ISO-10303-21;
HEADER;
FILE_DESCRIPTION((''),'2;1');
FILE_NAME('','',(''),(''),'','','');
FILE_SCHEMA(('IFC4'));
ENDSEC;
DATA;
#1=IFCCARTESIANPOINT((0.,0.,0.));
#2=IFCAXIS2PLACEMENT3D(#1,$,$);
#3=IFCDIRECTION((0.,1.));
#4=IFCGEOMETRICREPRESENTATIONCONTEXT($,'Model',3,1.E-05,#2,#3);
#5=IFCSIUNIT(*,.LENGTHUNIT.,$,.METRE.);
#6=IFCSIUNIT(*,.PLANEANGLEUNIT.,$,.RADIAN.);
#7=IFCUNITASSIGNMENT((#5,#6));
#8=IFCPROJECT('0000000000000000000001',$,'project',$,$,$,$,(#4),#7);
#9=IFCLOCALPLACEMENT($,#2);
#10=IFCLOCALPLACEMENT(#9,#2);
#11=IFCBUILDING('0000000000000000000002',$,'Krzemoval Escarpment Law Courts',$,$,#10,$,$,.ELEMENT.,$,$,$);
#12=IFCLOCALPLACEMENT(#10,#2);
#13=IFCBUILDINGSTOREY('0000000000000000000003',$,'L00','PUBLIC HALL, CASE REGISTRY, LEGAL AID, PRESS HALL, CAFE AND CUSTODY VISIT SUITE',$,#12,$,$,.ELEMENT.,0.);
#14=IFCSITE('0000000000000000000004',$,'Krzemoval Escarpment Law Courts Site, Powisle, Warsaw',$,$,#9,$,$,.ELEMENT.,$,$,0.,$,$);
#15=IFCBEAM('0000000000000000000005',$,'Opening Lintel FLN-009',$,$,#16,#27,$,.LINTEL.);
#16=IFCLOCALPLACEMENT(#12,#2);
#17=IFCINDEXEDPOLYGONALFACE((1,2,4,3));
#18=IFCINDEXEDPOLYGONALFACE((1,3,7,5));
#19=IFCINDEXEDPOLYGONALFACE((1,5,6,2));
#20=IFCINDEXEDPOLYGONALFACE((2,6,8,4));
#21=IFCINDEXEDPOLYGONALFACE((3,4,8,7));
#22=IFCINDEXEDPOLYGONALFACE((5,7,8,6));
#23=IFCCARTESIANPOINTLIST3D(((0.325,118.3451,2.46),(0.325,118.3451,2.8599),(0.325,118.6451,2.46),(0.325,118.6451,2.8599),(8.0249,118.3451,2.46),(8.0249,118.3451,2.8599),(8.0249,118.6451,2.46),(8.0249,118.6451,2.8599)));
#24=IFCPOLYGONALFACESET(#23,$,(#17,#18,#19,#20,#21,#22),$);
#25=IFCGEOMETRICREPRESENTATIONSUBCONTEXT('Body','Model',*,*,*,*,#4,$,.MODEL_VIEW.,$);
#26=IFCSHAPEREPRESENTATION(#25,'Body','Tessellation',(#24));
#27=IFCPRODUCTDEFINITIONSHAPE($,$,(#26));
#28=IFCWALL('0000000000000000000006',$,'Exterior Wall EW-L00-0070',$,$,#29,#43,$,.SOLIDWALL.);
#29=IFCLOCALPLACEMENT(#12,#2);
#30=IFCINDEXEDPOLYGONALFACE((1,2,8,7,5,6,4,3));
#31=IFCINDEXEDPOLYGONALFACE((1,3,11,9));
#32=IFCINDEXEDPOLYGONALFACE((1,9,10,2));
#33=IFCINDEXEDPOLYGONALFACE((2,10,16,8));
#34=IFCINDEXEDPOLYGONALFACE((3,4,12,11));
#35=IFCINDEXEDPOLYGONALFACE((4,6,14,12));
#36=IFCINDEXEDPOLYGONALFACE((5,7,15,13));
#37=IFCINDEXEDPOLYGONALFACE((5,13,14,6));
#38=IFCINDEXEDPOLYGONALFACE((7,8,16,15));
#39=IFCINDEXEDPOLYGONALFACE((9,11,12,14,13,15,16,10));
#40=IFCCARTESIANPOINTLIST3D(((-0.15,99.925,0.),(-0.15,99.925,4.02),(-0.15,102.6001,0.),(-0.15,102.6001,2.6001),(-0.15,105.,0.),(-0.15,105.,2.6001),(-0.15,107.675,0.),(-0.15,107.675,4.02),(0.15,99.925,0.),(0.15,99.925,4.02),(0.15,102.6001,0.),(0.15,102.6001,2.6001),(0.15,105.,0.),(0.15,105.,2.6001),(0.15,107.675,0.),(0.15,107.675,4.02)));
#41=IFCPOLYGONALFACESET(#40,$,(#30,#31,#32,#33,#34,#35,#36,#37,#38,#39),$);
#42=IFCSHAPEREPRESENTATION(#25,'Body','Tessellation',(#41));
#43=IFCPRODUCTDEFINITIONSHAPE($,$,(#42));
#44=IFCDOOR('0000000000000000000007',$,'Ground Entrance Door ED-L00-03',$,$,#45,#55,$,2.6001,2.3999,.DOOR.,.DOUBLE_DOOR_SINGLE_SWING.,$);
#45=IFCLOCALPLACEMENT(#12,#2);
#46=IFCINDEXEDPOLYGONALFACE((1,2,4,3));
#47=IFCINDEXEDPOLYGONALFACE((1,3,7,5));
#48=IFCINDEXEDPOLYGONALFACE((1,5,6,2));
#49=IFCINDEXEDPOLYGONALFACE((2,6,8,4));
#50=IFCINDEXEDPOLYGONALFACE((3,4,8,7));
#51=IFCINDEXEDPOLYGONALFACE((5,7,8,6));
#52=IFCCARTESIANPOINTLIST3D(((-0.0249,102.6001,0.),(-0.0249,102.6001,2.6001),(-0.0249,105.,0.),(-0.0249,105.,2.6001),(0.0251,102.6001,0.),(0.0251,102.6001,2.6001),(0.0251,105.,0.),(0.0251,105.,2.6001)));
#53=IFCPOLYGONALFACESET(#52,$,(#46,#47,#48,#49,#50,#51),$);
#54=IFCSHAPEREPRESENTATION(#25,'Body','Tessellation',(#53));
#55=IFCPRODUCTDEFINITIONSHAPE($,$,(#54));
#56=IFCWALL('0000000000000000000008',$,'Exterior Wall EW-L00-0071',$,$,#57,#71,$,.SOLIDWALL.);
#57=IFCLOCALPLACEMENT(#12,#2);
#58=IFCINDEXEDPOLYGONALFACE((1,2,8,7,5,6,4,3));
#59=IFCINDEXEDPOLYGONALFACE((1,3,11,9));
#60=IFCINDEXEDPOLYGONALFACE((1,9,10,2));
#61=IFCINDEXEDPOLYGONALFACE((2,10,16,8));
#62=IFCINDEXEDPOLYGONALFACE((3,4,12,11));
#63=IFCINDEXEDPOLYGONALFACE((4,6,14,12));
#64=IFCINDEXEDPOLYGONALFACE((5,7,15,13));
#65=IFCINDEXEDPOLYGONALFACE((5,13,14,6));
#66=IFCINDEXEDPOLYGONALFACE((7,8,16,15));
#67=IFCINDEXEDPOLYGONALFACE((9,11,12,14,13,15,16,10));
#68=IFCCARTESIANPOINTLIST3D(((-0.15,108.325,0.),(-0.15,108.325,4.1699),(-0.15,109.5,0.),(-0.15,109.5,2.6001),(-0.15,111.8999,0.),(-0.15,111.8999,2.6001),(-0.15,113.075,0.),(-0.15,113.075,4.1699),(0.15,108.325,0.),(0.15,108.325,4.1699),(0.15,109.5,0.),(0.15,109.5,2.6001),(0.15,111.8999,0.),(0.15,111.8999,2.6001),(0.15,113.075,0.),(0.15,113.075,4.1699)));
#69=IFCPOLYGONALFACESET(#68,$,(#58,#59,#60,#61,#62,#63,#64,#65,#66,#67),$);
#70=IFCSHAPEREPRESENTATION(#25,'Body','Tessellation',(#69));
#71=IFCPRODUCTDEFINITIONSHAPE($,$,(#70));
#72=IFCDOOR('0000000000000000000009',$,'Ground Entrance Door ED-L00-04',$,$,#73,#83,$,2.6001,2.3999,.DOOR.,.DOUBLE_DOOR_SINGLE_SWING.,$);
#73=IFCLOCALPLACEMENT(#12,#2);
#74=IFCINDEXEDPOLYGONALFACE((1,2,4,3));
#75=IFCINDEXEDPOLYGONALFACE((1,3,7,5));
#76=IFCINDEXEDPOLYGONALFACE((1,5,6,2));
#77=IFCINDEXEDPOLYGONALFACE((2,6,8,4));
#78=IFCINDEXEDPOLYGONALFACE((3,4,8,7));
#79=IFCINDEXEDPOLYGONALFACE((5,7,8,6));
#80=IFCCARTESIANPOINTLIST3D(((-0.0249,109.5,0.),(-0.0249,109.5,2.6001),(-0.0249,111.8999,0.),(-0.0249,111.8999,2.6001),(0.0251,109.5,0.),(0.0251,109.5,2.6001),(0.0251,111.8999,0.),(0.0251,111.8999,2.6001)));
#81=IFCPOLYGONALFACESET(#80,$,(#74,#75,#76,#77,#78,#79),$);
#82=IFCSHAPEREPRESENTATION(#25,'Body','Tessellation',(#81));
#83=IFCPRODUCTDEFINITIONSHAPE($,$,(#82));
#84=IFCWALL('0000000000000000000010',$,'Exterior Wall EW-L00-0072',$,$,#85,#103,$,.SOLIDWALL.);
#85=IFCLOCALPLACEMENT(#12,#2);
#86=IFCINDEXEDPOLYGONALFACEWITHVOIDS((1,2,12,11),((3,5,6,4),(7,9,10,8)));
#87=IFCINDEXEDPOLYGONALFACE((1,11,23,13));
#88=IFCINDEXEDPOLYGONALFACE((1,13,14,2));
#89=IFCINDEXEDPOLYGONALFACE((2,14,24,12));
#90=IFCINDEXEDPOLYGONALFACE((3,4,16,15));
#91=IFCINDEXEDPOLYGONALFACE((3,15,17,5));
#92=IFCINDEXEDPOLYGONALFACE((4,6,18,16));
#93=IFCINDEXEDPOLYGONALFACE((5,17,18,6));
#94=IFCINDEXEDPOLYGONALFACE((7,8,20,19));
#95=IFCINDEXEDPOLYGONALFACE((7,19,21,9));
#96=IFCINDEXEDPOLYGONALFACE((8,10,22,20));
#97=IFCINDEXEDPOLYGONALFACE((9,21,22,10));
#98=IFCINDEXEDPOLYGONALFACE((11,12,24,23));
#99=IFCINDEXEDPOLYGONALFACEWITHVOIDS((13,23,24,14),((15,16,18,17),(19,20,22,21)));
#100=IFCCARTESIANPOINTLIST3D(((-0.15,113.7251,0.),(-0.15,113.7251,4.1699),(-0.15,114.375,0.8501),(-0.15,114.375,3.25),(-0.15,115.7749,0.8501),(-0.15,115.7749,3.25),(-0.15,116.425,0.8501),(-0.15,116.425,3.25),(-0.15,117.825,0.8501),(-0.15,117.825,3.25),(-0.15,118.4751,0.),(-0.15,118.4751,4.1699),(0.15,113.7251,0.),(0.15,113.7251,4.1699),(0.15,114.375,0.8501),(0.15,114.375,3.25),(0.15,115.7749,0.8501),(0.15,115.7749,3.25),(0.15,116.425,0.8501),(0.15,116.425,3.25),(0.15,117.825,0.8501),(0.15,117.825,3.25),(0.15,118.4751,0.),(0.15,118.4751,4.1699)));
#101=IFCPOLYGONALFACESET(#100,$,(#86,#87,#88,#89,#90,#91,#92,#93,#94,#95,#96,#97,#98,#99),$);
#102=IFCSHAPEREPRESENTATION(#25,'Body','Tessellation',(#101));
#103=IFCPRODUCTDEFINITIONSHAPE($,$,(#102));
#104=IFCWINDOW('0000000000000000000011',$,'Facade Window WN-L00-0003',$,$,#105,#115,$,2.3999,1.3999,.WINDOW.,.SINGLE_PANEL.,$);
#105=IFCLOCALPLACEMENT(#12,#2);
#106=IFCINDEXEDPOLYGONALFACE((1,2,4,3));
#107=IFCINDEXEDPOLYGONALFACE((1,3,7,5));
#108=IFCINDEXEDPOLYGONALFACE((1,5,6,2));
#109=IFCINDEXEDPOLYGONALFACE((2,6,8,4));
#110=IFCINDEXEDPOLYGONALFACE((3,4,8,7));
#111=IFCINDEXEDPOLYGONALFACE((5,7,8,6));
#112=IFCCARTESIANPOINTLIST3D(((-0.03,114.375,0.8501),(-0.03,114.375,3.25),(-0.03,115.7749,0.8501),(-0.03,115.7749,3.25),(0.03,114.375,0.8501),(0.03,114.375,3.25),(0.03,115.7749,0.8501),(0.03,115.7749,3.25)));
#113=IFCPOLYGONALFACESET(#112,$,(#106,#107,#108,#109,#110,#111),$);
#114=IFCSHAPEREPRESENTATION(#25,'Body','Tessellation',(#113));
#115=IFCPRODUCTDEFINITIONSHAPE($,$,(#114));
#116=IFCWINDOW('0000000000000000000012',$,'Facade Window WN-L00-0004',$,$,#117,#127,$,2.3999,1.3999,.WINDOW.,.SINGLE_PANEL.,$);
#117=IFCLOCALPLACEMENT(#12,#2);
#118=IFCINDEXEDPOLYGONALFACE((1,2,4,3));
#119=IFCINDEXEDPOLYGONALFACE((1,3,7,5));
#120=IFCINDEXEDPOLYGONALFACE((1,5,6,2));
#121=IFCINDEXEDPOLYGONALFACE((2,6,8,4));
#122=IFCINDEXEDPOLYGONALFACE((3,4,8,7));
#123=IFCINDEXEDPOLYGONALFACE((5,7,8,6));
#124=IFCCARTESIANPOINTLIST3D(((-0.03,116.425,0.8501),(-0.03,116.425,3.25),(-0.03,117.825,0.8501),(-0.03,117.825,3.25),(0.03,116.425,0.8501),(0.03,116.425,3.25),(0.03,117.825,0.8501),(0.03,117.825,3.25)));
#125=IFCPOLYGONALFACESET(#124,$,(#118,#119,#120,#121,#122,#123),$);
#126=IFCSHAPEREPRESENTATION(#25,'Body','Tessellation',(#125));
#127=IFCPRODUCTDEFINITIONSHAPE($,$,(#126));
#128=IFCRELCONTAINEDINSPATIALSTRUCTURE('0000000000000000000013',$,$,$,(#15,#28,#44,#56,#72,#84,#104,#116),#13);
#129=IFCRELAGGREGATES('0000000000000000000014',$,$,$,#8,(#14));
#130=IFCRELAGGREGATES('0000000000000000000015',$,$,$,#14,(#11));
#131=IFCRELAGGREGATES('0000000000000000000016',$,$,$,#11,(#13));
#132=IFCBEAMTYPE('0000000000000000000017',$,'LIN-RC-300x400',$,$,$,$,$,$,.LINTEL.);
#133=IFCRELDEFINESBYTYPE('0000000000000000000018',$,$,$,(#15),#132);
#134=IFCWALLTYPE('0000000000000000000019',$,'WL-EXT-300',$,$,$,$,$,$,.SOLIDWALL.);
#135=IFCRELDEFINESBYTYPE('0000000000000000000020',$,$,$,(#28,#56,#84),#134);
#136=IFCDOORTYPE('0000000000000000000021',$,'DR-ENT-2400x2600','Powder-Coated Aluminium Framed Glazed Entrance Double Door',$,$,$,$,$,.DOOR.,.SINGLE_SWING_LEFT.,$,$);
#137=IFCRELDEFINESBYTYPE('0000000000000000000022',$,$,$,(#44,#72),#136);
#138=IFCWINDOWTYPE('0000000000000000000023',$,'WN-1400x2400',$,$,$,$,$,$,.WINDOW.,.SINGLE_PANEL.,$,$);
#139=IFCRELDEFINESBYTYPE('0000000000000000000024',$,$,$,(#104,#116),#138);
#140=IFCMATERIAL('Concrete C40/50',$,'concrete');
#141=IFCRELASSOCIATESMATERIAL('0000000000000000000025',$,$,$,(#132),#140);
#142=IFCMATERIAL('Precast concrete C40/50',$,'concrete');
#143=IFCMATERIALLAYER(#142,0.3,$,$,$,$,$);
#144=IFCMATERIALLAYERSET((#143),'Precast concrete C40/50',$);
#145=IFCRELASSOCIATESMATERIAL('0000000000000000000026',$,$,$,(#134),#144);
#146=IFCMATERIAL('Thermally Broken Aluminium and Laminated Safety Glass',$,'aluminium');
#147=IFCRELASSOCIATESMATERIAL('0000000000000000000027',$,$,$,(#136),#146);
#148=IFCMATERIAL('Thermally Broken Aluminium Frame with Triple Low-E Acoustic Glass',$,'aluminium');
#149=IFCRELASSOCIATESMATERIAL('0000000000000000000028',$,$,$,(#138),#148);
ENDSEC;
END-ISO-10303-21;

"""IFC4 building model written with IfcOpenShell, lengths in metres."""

from ifc_helpers import new_model, si_unit, direction, frame, frame_2d, origin, origin_2d, place, context, subcontext, project, spatial, rectangle, extrude, material, layer, layer_set, material_profile, profile_set, type_object, element, fill, save


model = new_model("IFC4")

# Units and contexts
model_context = context("Model", 3, precision=1e-05, world=origin(), true_north=direction((0.0, 1.0)))
body_context = subcontext(model_context, "Body", "Model", "MODEL_VIEW")
ifc_project = project(units=[si_unit("LENGTHUNIT", "METRE"), si_unit("PLANEANGLEUNIT", "RADIAN")], contexts=[model_context])

# Site, building, storey
site_placement = place(None, origin())
site = spatial("IfcSite", under=ifc_project, at=site_placement, Name="Krzemoval Escarpment Law Courts Site, Powisle, Warsaw", CompositionType="ELEMENT", RefElevation=0.0)
building_placement = place(site_placement, origin())
building = spatial("IfcBuilding", under=site, at=building_placement, Name="Krzemoval Escarpment Law Courts", CompositionType="ELEMENT")
storey_placement = place(building_placement, origin())
storey = spatial("IfcBuildingStorey", under=building, at=storey_placement, Name="L00", Description="PUBLIC HALL, CASE REGISTRY, LEGAL AID, PRESS HALL, CAFE AND CUSTODY VISIT SUITE", CompositionType="ELEMENT", Elevation=0.0)

# Beam
ifc_material_1 = material(Name="Concrete C40/50", Category="concrete")
ifc_material_profile_1 = material_profile(ifc_material_1, rectangle(XDim=0.3, YDim=0.3999, at=origin_2d()), Name="LIN 300x400")
ifc_profile_set_1 = profile_set([ifc_material_profile_1], Name="Concrete C40/50")
beam_type_1 = type_object("IfcBeamType", Name="LIN-RC-300x400", PredefinedType="LINTEL", material=ifc_profile_set_1)
beam_1_placement = place(storey_placement, frame((0.325, 118.4951, 2.6599), z_axis=(1.0, 0.0, 0.0), x_axis=(0.0, 1.0, 0.0)))
element("IfcBeam", 1, at=beam_1_placement, inside=storey, type_object=beam_type_1, Name="Opening Lintel FLN-009", PredefinedType="LINTEL", context=body_context, shape_type="SweptSolid", body=[
    extrude(rectangle(XDim=0.3, YDim=0.3999, at=origin_2d()), origin(), (0.0, 0.0, 1.0), 7.7),
])

# Walls, openings, doors
ifc_material_2 = material(Name="Precast concrete C40/50", Category="concrete")
ifc_layer = layer(ifc_material_2, 0.3)
ifc_layer_set = layer_set([ifc_layer], Name="Precast concrete C40/50")
wall_type = type_object("IfcWallType", Name="WL-EXT-300", PredefinedType="SOLIDWALL", material=ifc_layer_set)
wall_1_placement = place(storey_placement, frame((0.0, 99.925, 0.0), z_axis=(0.0, 0.0, 1.0), x_axis=(0.0, 1.0, 0.0)))
wall_1 = element("IfcWall", 2, at=wall_1_placement, inside=storey, type_object=wall_type, Name="Exterior Wall EW-L00-0070", PredefinedType="SOLIDWALL", context=body_context, shape_type="SweptSolid", body=[
    extrude(rectangle(XDim=7.75, YDim=0.3, at=frame_2d((3.875, 0.0))), origin(), (0.0, 0.0, 1.0), 4.02),
])
opening_1_placement = place(wall_1_placement, frame((2.675, 0.0, 0.0)))
opening_1 = element("IfcOpeningElement", 3, at=opening_1_placement, cuts=wall_1, PredefinedType="OPENING", context=body_context, shape_type="SweptSolid", body=[
    extrude(rectangle(XDim=2.3999, YDim=2.6001, at=frame_2d((1.2, 1.3))), frame((0.0, 0.165, 0.0), z_axis=(0.0, -1.0, 0.0), x_axis=(1.0, 0.0, 0.0)), (0.0, 0.0, 1.0), 0.3301),
])
ifc_material_3 = material(Name="Thermally Broken Aluminium and Laminated Safety Glass", Category="aluminium")
door_type_1 = type_object("IfcDoorType", Name="DR-ENT-2400x2600", Description="Powder-Coated Aluminium Framed Glazed Entrance Double Door", OperationType="SINGLE_SWING_LEFT", PredefinedType="DOOR", material=ifc_material_3)
door_1_placement = place(opening_1_placement, origin())
door_1 = element("IfcDoor", 4, at=door_1_placement, inside=storey, type_object=door_type_1, Name="Ground Entrance Door ED-L00-03", OperationType="DOUBLE_DOOR_SINGLE_SWING", OverallHeight=2.6001, OverallWidth=2.3999, PredefinedType="DOOR", context=body_context, shape_type="SweptSolid", body=[
    extrude(rectangle(XDim=2.3999, YDim=2.6001, at=frame_2d((1.2, 1.3))), frame((0.0, 0.0249, 0.0), z_axis=(0.0, -1.0, 0.0), x_axis=(1.0, 0.0, 0.0)), (0.0, 0.0, 1.0), 0.05),
])
fill(opening_1, door_1)
wall_2_placement = place(storey_placement, frame((0.0, 108.325, 0.0), z_axis=(0.0, 0.0, 1.0), x_axis=(0.0, 1.0, 0.0)))
wall_2 = element("IfcWall", 5, at=wall_2_placement, inside=storey, type_object=wall_type, Name="Exterior Wall EW-L00-0071", PredefinedType="SOLIDWALL", context=body_context, shape_type="SweptSolid", body=[
    extrude(rectangle(XDim=4.75, YDim=0.3, at=frame_2d((2.375, 0.0))), origin(), (0.0, 0.0, 1.0), 4.1699),
])
opening_2_placement = place(wall_2_placement, frame((1.175, 0.0, 0.0)))
opening_2 = element("IfcOpeningElement", 6, at=opening_2_placement, cuts=wall_2, PredefinedType="OPENING", context=body_context, shape_type="SweptSolid", body=[
    extrude(rectangle(XDim=2.3999, YDim=2.6001, at=frame_2d((1.2, 1.3))), frame((0.0, 0.165, 0.0), z_axis=(0.0, -1.0, 0.0), x_axis=(1.0, 0.0, 0.0)), (0.0, 0.0, 1.0), 0.3301),
])
door_2_placement = place(opening_2_placement, origin())
door_2 = element("IfcDoor", 7, at=door_2_placement, inside=storey, type_object=door_type_1, Name="Ground Entrance Door ED-L00-04", OperationType="DOUBLE_DOOR_SINGLE_SWING", OverallHeight=2.6001, OverallWidth=2.3999, PredefinedType="DOOR", context=body_context, shape_type="SweptSolid", body=[
    extrude(rectangle(XDim=2.3999, YDim=2.6001, at=frame_2d((1.2, 1.3))), frame((0.0, 0.0249, 0.0), z_axis=(0.0, -1.0, 0.0), x_axis=(1.0, 0.0, 0.0)), (0.0, 0.0, 1.0), 0.05),
])
fill(opening_2, door_2)

# Wall, openings, windows
wall_3_placement = place(storey_placement, frame((0.0, 113.7251, 0.0), z_axis=(0.0, 0.0, 1.0), x_axis=(0.0, 1.0, 0.0)))
wall_3 = element("IfcWall", 8, at=wall_3_placement, inside=storey, type_object=wall_type, Name="Exterior Wall EW-L00-0072", PredefinedType="SOLIDWALL", context=body_context, shape_type="SweptSolid", body=[
    extrude(rectangle(XDim=4.75, YDim=0.3, at=frame_2d((2.375, 0.0))), origin(), (0.0, 0.0, 1.0), 4.1699),
])
opening_3_placement = place(wall_3_placement, frame((0.6499, 0.0, 0.8501)))
opening_3 = element("IfcOpeningElement", 9, at=opening_3_placement, cuts=wall_3, PredefinedType="OPENING", context=body_context, shape_type="SweptSolid", body=[
    extrude(rectangle(XDim=1.3999, YDim=2.3999, at=frame_2d((0.7, 1.2))), frame((0.0, 0.165, 0.0), z_axis=(0.0, -1.0, 0.0), x_axis=(1.0, 0.0, 0.0)), (0.0, 0.0, 1.0), 0.3301),
])
opening_4_placement = place(wall_3_placement, frame((2.7, 0.0, 0.8501)))
opening_4 = element("IfcOpeningElement", 10, at=opening_4_placement, cuts=wall_3, PredefinedType="OPENING", context=body_context, shape_type="SweptSolid", body=[
    extrude(rectangle(XDim=1.3999, YDim=2.3999, at=frame_2d((0.7, 1.2))), frame((0.0, 0.165, 0.0), z_axis=(0.0, -1.0, 0.0), x_axis=(1.0, 0.0, 0.0)), (0.0, 0.0, 1.0), 0.3301),
])
ifc_material_4 = material(Name="Thermally Broken Aluminium Frame with Triple Low-E Acoustic Glass", Category="aluminium")
window_type = type_object("IfcWindowType", Name="WN-1400x2400", PartitioningType="SINGLE_PANEL", PredefinedType="WINDOW", material=ifc_material_4)
window_1_placement = place(opening_3_placement, origin())
window_1 = element("IfcWindow", 11, at=window_1_placement, inside=storey, type_object=window_type, Name="Facade Window WN-L00-0003", OverallHeight=2.3999, OverallWidth=1.3999, PartitioningType="SINGLE_PANEL", PredefinedType="WINDOW", context=body_context, shape_type="SweptSolid", body=[
    extrude(rectangle(XDim=1.3999, YDim=2.3999, at=frame_2d((0.7, 1.2))), frame((0.0, 0.03, 0.0), z_axis=(0.0, -1.0, 0.0), x_axis=(1.0, 0.0, 0.0)), (0.0, 0.0, 1.0), 0.0601),
])
fill(opening_3, window_1)
window_2_placement = place(opening_4_placement, origin())
window_2 = element("IfcWindow", 12, at=window_2_placement, inside=storey, type_object=window_type, Name="Facade Window WN-L00-0004", OverallHeight=2.3999, OverallWidth=1.3999, PartitioningType="SINGLE_PANEL", PredefinedType="WINDOW", context=body_context, shape_type="SweptSolid", body=[
    extrude(rectangle(XDim=1.3999, YDim=2.3999, at=frame_2d((0.7, 1.2))), frame((0.0, 0.03, 0.0), z_axis=(0.0, -1.0, 0.0), x_axis=(1.0, 0.0, 0.0)), (0.0, 0.0, 1.0), 0.0601),
])
fill(opening_4, window_2)

save(model, "model.ifc")
